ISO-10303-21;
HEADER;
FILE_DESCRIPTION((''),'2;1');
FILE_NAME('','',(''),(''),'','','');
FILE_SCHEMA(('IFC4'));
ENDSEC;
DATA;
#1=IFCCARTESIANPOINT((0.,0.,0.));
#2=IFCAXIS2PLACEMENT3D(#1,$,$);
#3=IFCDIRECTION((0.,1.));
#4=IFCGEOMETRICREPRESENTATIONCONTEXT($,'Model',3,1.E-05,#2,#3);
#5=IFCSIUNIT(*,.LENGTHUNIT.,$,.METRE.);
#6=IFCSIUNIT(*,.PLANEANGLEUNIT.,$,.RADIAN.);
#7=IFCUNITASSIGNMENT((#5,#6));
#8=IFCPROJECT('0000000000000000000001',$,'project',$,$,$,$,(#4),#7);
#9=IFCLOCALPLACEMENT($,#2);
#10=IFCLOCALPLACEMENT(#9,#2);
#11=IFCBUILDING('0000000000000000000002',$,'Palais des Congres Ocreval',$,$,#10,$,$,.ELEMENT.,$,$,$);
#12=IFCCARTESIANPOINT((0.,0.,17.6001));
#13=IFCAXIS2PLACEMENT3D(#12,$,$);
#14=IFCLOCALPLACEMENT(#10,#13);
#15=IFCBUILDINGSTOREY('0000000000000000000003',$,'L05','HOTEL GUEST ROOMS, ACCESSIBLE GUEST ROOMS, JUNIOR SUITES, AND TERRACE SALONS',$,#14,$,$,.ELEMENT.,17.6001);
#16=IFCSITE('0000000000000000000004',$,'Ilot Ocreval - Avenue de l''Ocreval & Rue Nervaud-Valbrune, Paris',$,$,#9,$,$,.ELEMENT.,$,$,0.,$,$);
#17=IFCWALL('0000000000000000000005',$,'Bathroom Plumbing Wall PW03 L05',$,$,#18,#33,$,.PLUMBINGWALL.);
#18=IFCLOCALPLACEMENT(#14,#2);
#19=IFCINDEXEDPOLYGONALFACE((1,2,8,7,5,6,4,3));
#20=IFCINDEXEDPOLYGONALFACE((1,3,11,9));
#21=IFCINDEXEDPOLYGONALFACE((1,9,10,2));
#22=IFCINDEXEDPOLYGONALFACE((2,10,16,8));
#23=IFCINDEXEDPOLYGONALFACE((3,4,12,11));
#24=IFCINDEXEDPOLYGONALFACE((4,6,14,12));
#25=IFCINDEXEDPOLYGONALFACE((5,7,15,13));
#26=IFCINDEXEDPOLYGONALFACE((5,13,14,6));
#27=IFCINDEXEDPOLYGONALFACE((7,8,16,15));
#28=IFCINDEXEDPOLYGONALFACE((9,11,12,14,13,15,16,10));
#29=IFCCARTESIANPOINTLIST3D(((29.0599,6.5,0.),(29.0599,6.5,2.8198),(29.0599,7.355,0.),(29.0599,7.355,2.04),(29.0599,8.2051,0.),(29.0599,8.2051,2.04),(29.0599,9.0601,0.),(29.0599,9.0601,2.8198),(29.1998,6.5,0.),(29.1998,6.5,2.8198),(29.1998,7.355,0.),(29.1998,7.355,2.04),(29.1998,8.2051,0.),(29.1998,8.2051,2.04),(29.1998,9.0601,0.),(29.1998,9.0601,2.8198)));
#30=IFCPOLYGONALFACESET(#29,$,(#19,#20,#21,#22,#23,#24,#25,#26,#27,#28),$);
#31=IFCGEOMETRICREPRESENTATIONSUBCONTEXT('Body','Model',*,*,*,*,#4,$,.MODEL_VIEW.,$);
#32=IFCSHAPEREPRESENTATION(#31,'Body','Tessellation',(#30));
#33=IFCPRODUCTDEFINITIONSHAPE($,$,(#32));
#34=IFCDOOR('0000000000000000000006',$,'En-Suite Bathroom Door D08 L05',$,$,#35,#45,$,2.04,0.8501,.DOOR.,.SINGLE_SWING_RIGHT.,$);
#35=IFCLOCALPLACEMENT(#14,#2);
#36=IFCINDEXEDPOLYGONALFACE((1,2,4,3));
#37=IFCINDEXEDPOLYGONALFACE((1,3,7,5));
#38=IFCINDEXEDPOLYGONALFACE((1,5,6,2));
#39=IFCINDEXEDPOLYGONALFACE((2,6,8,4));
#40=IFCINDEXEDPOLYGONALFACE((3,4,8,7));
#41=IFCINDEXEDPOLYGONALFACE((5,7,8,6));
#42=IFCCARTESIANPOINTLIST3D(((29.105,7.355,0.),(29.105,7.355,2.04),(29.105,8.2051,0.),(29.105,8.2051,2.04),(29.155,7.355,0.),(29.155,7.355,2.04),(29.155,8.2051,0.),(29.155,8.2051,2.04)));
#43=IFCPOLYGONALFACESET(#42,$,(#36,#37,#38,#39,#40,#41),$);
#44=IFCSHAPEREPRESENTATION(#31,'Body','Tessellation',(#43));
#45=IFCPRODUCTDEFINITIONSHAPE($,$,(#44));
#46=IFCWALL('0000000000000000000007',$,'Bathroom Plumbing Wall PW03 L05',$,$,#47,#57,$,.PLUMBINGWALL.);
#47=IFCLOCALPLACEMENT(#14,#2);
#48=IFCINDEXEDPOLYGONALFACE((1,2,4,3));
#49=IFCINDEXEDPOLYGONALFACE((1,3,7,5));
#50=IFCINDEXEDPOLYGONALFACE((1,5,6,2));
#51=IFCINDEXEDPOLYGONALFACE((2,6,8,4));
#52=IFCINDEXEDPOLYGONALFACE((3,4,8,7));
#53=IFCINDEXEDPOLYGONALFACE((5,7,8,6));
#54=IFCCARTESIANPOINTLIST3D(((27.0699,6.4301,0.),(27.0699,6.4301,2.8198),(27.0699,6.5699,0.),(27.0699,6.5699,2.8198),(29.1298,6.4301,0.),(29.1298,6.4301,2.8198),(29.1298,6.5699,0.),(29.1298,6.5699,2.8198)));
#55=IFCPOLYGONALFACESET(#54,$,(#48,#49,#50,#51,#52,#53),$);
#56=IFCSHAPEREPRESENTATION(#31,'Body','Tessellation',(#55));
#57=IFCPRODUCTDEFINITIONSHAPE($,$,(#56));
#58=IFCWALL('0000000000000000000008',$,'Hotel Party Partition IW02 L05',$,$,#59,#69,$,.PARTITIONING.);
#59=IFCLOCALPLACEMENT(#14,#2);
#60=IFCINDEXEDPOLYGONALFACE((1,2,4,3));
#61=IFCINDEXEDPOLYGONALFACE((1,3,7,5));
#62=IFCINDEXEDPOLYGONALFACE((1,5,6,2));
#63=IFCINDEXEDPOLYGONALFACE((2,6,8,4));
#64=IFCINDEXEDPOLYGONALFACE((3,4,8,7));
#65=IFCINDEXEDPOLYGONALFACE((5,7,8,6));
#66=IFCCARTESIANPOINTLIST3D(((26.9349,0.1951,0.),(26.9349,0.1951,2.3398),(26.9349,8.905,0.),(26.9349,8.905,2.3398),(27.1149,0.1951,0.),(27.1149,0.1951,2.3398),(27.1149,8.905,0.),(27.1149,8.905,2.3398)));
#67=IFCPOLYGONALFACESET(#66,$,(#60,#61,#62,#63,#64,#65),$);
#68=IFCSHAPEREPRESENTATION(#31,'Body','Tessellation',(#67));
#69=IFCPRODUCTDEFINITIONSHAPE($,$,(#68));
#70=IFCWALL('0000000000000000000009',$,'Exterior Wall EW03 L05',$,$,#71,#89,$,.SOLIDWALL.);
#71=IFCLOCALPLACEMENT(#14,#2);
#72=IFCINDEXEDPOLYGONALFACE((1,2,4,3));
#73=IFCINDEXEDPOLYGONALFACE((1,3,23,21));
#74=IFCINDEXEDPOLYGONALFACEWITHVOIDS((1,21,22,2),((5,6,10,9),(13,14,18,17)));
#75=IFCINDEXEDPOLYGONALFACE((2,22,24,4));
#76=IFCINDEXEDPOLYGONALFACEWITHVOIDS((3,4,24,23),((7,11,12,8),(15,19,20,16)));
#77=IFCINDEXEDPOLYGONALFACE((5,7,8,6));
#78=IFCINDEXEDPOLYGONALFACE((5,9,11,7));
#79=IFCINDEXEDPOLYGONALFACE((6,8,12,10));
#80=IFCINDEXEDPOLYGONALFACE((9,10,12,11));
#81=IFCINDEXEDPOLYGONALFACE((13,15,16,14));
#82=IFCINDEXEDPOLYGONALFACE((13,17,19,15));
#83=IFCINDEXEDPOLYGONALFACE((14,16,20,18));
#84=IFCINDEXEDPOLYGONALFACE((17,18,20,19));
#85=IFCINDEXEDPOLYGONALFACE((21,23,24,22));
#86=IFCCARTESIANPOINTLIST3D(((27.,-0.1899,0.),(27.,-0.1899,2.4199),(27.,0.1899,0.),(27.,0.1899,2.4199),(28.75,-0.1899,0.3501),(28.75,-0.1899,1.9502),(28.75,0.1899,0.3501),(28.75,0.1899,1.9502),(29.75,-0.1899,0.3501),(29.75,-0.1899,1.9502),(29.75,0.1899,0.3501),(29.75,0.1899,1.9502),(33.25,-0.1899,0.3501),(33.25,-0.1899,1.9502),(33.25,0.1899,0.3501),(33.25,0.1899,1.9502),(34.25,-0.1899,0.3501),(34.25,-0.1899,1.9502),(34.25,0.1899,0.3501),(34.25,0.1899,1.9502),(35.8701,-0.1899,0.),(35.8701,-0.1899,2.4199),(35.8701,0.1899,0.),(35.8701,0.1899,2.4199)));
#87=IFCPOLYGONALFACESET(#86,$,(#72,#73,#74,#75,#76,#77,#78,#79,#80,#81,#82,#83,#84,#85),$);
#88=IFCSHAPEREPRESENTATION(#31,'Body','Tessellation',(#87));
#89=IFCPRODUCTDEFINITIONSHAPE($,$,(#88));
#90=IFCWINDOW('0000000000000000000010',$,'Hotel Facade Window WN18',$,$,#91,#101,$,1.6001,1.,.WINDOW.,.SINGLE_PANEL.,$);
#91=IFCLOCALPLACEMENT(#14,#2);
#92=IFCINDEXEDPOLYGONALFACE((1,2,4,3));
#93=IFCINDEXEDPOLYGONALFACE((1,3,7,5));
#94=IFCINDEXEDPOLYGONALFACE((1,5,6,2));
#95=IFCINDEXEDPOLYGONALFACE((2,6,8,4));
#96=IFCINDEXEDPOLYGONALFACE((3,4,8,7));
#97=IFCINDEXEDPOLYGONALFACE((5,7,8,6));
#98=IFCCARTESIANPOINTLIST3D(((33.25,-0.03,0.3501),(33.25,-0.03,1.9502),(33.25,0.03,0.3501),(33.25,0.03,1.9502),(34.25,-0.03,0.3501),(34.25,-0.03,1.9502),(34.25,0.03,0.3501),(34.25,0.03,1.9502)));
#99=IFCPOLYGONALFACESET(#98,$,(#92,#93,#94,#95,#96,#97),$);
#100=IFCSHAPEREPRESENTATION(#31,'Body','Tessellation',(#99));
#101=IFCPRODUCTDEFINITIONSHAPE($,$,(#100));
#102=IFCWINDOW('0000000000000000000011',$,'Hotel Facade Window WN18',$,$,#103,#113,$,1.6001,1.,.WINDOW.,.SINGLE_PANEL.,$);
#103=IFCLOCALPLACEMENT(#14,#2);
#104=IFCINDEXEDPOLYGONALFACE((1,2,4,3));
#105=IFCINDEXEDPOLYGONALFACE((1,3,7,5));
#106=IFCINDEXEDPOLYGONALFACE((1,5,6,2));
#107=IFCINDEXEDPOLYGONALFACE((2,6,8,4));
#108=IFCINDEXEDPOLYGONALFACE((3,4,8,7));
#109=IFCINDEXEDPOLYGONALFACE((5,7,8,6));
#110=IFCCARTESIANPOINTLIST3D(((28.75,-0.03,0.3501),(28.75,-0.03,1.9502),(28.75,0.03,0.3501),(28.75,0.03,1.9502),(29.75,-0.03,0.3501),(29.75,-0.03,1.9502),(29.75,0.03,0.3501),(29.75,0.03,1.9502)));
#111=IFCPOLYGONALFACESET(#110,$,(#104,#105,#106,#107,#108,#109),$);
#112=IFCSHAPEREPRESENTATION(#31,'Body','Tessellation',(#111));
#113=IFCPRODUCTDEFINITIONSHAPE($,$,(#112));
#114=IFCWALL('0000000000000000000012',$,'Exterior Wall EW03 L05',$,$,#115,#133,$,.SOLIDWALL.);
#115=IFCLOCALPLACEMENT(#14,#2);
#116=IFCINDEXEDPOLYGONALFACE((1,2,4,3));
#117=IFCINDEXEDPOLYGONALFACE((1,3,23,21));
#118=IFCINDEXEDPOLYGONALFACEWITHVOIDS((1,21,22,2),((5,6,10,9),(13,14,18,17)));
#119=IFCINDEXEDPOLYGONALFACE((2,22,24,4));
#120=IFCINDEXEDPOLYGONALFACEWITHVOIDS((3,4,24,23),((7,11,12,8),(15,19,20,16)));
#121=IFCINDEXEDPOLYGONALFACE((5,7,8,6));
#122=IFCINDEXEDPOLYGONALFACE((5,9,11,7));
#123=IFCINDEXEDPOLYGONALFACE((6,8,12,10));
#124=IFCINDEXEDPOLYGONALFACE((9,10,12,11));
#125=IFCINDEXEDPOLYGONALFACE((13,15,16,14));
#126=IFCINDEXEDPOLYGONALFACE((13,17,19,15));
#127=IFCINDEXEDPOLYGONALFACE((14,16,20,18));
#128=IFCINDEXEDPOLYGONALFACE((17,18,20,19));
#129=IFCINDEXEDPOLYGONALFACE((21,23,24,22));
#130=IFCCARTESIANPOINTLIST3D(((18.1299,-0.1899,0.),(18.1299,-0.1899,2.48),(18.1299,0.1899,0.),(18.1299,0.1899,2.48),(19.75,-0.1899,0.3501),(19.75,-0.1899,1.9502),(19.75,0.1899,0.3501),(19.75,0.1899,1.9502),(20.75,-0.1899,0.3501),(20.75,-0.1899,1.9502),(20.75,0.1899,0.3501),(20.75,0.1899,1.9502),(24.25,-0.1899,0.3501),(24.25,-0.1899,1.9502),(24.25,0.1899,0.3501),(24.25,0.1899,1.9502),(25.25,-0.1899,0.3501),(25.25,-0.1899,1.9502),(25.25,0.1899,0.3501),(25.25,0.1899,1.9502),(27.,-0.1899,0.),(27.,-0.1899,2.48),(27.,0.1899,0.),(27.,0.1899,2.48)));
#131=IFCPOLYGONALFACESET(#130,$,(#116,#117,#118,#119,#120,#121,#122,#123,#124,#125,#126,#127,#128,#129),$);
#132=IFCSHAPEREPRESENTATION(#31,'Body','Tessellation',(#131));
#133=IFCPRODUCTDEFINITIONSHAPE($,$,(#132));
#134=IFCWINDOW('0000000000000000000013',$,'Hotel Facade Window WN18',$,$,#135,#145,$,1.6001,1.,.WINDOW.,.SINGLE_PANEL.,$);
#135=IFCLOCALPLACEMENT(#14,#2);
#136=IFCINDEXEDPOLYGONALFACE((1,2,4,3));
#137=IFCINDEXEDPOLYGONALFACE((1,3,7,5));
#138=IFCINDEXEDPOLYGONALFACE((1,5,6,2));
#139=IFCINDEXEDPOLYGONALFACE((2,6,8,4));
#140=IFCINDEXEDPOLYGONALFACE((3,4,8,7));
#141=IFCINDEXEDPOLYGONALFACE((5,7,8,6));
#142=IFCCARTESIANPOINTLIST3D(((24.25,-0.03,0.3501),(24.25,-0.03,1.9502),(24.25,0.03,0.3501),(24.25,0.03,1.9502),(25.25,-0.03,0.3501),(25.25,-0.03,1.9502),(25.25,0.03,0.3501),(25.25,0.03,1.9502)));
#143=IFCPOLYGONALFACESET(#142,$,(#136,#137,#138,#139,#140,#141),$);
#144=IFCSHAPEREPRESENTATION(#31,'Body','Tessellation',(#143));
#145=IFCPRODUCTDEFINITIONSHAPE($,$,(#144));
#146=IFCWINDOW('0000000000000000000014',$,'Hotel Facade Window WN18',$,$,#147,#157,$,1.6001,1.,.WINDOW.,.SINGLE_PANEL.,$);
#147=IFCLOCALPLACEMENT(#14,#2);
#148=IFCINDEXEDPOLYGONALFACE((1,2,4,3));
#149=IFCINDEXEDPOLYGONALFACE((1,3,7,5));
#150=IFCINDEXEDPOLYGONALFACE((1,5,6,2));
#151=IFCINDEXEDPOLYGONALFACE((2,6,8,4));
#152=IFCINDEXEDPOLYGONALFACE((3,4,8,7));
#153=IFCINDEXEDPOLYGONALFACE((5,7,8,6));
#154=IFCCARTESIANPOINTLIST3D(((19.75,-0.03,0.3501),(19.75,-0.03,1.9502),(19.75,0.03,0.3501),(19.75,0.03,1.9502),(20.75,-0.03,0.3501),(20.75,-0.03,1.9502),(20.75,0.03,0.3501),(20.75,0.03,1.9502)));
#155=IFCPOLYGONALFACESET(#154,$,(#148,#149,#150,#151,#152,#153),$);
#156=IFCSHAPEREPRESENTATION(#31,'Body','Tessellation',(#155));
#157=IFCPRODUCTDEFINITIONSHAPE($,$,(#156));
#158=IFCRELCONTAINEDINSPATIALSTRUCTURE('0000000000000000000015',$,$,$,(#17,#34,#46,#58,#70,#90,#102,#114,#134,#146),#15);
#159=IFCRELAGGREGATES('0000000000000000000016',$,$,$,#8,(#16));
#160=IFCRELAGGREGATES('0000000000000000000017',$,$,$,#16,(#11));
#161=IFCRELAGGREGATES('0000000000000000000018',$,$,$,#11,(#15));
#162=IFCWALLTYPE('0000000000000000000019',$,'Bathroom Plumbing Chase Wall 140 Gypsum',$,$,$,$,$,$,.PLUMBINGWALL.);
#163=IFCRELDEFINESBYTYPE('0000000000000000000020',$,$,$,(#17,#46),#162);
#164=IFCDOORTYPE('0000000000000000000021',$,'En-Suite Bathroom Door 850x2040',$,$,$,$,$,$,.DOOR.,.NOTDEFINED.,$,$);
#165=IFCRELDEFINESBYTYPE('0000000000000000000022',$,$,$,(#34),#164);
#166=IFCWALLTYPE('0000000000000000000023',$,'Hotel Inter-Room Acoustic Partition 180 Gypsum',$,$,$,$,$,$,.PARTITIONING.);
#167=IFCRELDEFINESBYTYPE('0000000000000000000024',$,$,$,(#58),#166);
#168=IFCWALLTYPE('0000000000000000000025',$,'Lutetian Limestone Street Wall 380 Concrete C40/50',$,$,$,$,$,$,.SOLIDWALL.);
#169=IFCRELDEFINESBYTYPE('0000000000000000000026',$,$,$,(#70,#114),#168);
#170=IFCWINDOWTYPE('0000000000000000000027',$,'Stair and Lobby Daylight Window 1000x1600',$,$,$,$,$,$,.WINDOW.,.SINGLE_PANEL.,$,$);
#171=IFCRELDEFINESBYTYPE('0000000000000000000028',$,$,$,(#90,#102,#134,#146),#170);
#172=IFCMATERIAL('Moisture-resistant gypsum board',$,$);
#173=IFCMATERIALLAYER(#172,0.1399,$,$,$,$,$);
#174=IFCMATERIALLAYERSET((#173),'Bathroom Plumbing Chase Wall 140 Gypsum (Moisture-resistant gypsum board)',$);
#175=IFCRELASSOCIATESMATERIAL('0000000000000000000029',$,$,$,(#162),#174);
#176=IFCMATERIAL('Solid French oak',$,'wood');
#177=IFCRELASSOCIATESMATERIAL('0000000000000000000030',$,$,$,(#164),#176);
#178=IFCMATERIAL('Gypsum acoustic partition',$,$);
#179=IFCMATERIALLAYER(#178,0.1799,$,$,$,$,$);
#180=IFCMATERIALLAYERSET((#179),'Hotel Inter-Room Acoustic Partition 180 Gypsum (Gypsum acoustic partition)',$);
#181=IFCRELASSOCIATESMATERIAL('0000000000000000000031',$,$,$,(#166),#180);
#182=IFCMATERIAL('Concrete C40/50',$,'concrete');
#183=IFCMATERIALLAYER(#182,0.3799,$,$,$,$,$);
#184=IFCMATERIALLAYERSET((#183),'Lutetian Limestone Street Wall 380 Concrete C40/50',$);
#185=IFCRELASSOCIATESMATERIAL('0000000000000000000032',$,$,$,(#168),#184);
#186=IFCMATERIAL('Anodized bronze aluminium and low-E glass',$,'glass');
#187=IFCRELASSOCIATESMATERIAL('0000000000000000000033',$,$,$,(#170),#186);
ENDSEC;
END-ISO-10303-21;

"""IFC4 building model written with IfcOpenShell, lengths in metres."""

from ifc_helpers import new_model, si_unit, direction, frame, frame_2d, origin, place, context, subcontext, project, spatial, rectangle, extrude, material, layer, layer_set, type_object, element, fill, save


model = new_model("IFC4")

# Units and contexts
model_context = context("Model", 3, precision=1e-05, world=origin(), true_north=direction((0.0, 1.0)))
body_context = subcontext(model_context, "Body", "Model", "MODEL_VIEW")
ifc_project = project(units=[si_unit("LENGTHUNIT", "METRE"), si_unit("PLANEANGLEUNIT", "RADIAN")], contexts=[model_context])

# Site, building, storey
site_placement = place(None, origin())
site = spatial("IfcSite", under=ifc_project, at=site_placement, Name="Ilot Ocreval - Avenue de l'Ocreval & Rue Nervaud-Valbrune, Paris", CompositionType="ELEMENT", RefElevation=0.0)
building_placement = place(site_placement, origin())
building = spatial("IfcBuilding", under=site, at=building_placement, Name="Palais des Congres Ocreval", CompositionType="ELEMENT")
storey_placement = place(building_placement, frame((0.0, 0.0, 17.6001)))
storey = spatial("IfcBuildingStorey", under=building, at=storey_placement, Name="L05", Description="HOTEL GUEST ROOMS, ACCESSIBLE GUEST ROOMS, JUNIOR SUITES, AND TERRACE SALONS", CompositionType="ELEMENT", Elevation=17.6001)

# Shared definitions
ifc_material_1 = material(Name="Concrete C40/50", Category="concrete")

# Wall, opening, door
ifc_material_2 = material(Name="Moisture-resistant gypsum board")
ifc_layer_1 = layer(ifc_material_2, 0.1399)
ifc_layer_set_1 = layer_set([ifc_layer_1], Name="Bathroom Plumbing Chase Wall 140 Gypsum (Moisture-resistant gypsum board)")
wall_type_1 = type_object("IfcWallType", Name="Bathroom Plumbing Chase Wall 140 Gypsum", PredefinedType="PLUMBINGWALL", material=ifc_layer_set_1)
ifc_material_3 = material(Name="Solid French oak", Category="wood")
door_type = type_object("IfcDoorType", Name="En-Suite Bathroom Door 850x2040", OperationType="NOTDEFINED", PredefinedType="DOOR", material=ifc_material_3)
wall_1_placement = place(storey_placement, frame((29.1299, 6.5, 0.0), z_axis=(0.0, 0.0, 1.0), x_axis=(0.0, 1.0, 0.0)))
wall_1 = element("IfcWall", 1, at=wall_1_placement, inside=storey, type_object=wall_type_1, Name="Bathroom Plumbing Wall PW03 L05", PredefinedType="PLUMBINGWALL", context=body_context, shape_type="SweptSolid", body=[
    extrude(rectangle(XDim=2.5601, YDim=0.1399, at=frame_2d((1.28, 0.0))), origin(), (0.0, 0.0, 1.0), 2.8198),
])
opening_1_placement = place(wall_1_placement, frame((0.855, 0.0, 0.0)))
opening_1 = element("IfcOpeningElement", 2, at=opening_1_placement, cuts=wall_1, PredefinedType="OPENING", context=body_context, shape_type="SweptSolid", body=[
    extrude(rectangle(XDim=0.8501, YDim=2.04, at=frame_2d((0.425, 1.02))), frame((0.0, 0.0798, 0.0), z_axis=(0.0, -1.0, 0.0), x_axis=(1.0, 0.0, 0.0)), (0.0, 0.0, 1.0), 0.1599),
])
door_1_placement = place(opening_1_placement, origin())
door_1 = element("IfcDoor", 3, at=door_1_placement, inside=storey, type_object=door_type, Name="En-Suite Bathroom Door D08 L05", OperationType="SINGLE_SWING_RIGHT", OverallHeight=2.04, OverallWidth=0.8501, PredefinedType="DOOR", context=body_context, shape_type="SweptSolid", body=[
    extrude(rectangle(XDim=0.8501, YDim=2.04, at=frame_2d((0.425, 1.02))), frame((0.0, 0.0249, 0.0), z_axis=(0.0, -1.0, 0.0), x_axis=(1.0, 0.0, 0.0)), (0.0, 0.0, 1.0), 0.05),
])
fill(opening_1, door_1)

# Walls
wall_2_placement = place(storey_placement, frame((27.0701, 6.5, 0.0), z_axis=(0.0, 0.0, 1.0), x_axis=(1.0, 0.0, 0.0)))
element("IfcWall", 4, at=wall_2_placement, inside=storey, type_object=wall_type_1, Name="Bathroom Plumbing Wall PW03 L05", PredefinedType="PLUMBINGWALL", context=body_context, shape_type="SweptSolid", body=[
    extrude(rectangle(XDim=2.0598, YDim=0.1399, at=frame_2d((1.0298, 0.0))), origin(), (0.0, 0.0, 1.0), 2.8198),
])
ifc_material_4 = material(Name="Gypsum acoustic partition")
ifc_layer_2 = layer(ifc_material_4, 0.1799)
ifc_layer_set_2 = layer_set([ifc_layer_2], Name="Hotel Inter-Room Acoustic Partition 180 Gypsum (Gypsum acoustic partition)")
wall_type_2 = type_object("IfcWallType", Name="Hotel Inter-Room Acoustic Partition 180 Gypsum", PredefinedType="PARTITIONING", material=ifc_layer_set_2)
wall_3_placement = place(storey_placement, frame((27.0249, 0.1951, 0.0), z_axis=(0.0, 0.0, 1.0), x_axis=(0.0, 1.0, 0.0)))
element("IfcWall", 5, at=wall_3_placement, inside=storey, type_object=wall_type_2, Name="Hotel Party Partition IW02 L05", PredefinedType="PARTITIONING", context=body_context, shape_type="SweptSolid", body=[
    extrude(rectangle(XDim=8.71, YDim=0.1799, at=frame_2d((4.355, 0.0))), origin(), (0.0, 0.0, 1.0), 2.3398),
])

# Walls, openings, windows
ifc_layer_3 = layer(ifc_material_1, 0.3799)
ifc_layer_set_3 = layer_set([ifc_layer_3], Name="Lutetian Limestone Street Wall 380 Concrete C40/50")
wall_type_3 = type_object("IfcWallType", Name="Lutetian Limestone Street Wall 380 Concrete C40/50", PredefinedType="SOLIDWALL", material=ifc_layer_set_3)
wall_4_placement = place(storey_placement, frame((35.8701, 0.0, 0.0), z_axis=(0.0, 0.0, 1.0), x_axis=(-1.0, 0.0, 0.0)))
wall_4 = element("IfcWall", 6, at=wall_4_placement, inside=storey, type_object=wall_type_3, Name="Exterior Wall EW03 L05", PredefinedType="SOLIDWALL", context=body_context, shape_type="SweptSolid", body=[
    extrude(rectangle(XDim=8.8701, YDim=0.3799, at=frame_2d((4.4351, 0.0))), origin(), (0.0, 0.0, 1.0), 2.4199),
])
opening_2_placement = place(wall_4_placement, frame((1.6201, 0.0, 0.3501)))
opening_2 = element("IfcOpeningElement", 7, at=opening_2_placement, cuts=wall_4, PredefinedType="OPENING", context=body_context, shape_type="SweptSolid", body=[
    extrude(rectangle(XDim=1.0, YDim=1.6001, at=frame_2d((0.5, 0.8))), frame((0.0, 0.2, 0.0), z_axis=(0.0, -1.0, 0.0), x_axis=(1.0, 0.0, 0.0)), (0.0, 0.0, 1.0), 0.3999),
])
opening_3_placement = place(wall_4_placement, frame((6.1201, 0.0, 0.3501)))
opening_3 = element("IfcOpeningElement", 8, at=opening_3_placement, cuts=wall_4, PredefinedType="OPENING", context=body_context, shape_type="SweptSolid", body=[
    extrude(rectangle(XDim=1.0, YDim=1.6001, at=frame_2d((0.5, 0.8))), frame((0.0, 0.2, 0.0), z_axis=(0.0, -1.0, 0.0), x_axis=(1.0, 0.0, 0.0)), (0.0, 0.0, 1.0), 0.3999),
])
ifc_material_5 = material(Name="Anodized bronze aluminium and low-E glass", Category="glass")
window_type = type_object("IfcWindowType", Name="Stair and Lobby Daylight Window 1000x1600", PartitioningType="SINGLE_PANEL", PredefinedType="WINDOW", material=ifc_material_5)
window_1_placement = place(opening_2_placement, origin())
window_1 = element("IfcWindow", 9, at=window_1_placement, inside=storey, type_object=window_type, Name="Hotel Facade Window WN18", OverallHeight=1.6001, OverallWidth=1.0, PartitioningType="SINGLE_PANEL", PredefinedType="WINDOW", context=body_context, shape_type="SweptSolid", body=[
    extrude(rectangle(XDim=1.0, YDim=1.6001, at=frame_2d((0.5, 0.8))), frame((0.0, 0.03, 0.0), z_axis=(0.0, -1.0, 0.0), x_axis=(1.0, 0.0, 0.0)), (0.0, 0.0, 1.0), 0.0601),
])
fill(opening_2, window_1)
window_2_placement = place(opening_3_placement, origin())
window_2 = element("IfcWindow", 10, at=window_2_placement, inside=storey, type_object=window_type, Name="Hotel Facade Window WN18", OverallHeight=1.6001, OverallWidth=1.0, PartitioningType="SINGLE_PANEL", PredefinedType="WINDOW", context=body_context, shape_type="SweptSolid", body=[
    extrude(rectangle(XDim=1.0, YDim=1.6001, at=frame_2d((0.5, 0.8))), frame((0.0, 0.03, 0.0), z_axis=(0.0, -1.0, 0.0), x_axis=(1.0, 0.0, 0.0)), (0.0, 0.0, 1.0), 0.0601),
])
fill(opening_3, window_2)
wall_5_placement = place(storey_placement, frame((27.0, 0.0, 0.0), z_axis=(0.0, 0.0, 1.0), x_axis=(-1.0, 0.0, 0.0)))
wall_5 = element("IfcWall", 11, at=wall_5_placement, inside=storey, type_object=wall_type_3, Name="Exterior Wall EW03 L05", PredefinedType="SOLIDWALL", context=body_context, shape_type="SweptSolid", body=[
    extrude(rectangle(XDim=8.8701, YDim=0.3799, at=frame_2d((4.4351, 0.0))), origin(), (0.0, 0.0, 1.0), 2.48),
])
opening_4_placement = place(wall_5_placement, frame((1.75, 0.0, 0.3501)))
opening_4 = element("IfcOpeningElement", 12, at=opening_4_placement, cuts=wall_5, PredefinedType="OPENING", context=body_context, shape_type="SweptSolid", body=[
    extrude(rectangle(XDim=1.0, YDim=1.6001, at=frame_2d((0.5, 0.8))), frame((0.0, 0.2, 0.0), z_axis=(0.0, -1.0, 0.0), x_axis=(1.0, 0.0, 0.0)), (0.0, 0.0, 1.0), 0.3999),
])
opening_5_placement = place(wall_5_placement, frame((6.25, 0.0, 0.3501)))
opening_5 = element("IfcOpeningElement", 13, at=opening_5_placement, cuts=wall_5, PredefinedType="OPENING", context=body_context, shape_type="SweptSolid", body=[
    extrude(rectangle(XDim=1.0, YDim=1.6001, at=frame_2d((0.5, 0.8))), frame((0.0, 0.2, 0.0), z_axis=(0.0, -1.0, 0.0), x_axis=(1.0, 0.0, 0.0)), (0.0, 0.0, 1.0), 0.3999),
])
window_3_placement = place(opening_4_placement, origin())
window_3 = element("IfcWindow", 14, at=window_3_placement, inside=storey, type_object=window_type, Name="Hotel Facade Window WN18", OverallHeight=1.6001, OverallWidth=1.0, PartitioningType="SINGLE_PANEL", PredefinedType="WINDOW", context=body_context, shape_type="SweptSolid", body=[
    extrude(rectangle(XDim=1.0, YDim=1.6001, at=frame_2d((0.5, 0.8))), frame((0.0, 0.03, 0.0), z_axis=(0.0, -1.0, 0.0), x_axis=(1.0, 0.0, 0.0)), (0.0, 0.0, 1.0), 0.0601),
])
fill(opening_4, window_3)
window_4_placement = place(opening_5_placement, origin())
window_4 = element("IfcWindow", 15, at=window_4_placement, inside=storey, type_object=window_type, Name="Hotel Facade Window WN18", OverallHeight=1.6001, OverallWidth=1.0, PartitioningType="SINGLE_PANEL", PredefinedType="WINDOW", context=body_context, shape_type="SweptSolid", body=[
    extrude(rectangle(XDim=1.0, YDim=1.6001, at=frame_2d((0.5, 0.8))), frame((0.0, 0.03, 0.0), z_axis=(0.0, -1.0, 0.0), x_axis=(1.0, 0.0, 0.0)), (0.0, 0.0, 1.0), 0.0601),
])
fill(opening_5, window_4)

save(model, "model.ifc")
